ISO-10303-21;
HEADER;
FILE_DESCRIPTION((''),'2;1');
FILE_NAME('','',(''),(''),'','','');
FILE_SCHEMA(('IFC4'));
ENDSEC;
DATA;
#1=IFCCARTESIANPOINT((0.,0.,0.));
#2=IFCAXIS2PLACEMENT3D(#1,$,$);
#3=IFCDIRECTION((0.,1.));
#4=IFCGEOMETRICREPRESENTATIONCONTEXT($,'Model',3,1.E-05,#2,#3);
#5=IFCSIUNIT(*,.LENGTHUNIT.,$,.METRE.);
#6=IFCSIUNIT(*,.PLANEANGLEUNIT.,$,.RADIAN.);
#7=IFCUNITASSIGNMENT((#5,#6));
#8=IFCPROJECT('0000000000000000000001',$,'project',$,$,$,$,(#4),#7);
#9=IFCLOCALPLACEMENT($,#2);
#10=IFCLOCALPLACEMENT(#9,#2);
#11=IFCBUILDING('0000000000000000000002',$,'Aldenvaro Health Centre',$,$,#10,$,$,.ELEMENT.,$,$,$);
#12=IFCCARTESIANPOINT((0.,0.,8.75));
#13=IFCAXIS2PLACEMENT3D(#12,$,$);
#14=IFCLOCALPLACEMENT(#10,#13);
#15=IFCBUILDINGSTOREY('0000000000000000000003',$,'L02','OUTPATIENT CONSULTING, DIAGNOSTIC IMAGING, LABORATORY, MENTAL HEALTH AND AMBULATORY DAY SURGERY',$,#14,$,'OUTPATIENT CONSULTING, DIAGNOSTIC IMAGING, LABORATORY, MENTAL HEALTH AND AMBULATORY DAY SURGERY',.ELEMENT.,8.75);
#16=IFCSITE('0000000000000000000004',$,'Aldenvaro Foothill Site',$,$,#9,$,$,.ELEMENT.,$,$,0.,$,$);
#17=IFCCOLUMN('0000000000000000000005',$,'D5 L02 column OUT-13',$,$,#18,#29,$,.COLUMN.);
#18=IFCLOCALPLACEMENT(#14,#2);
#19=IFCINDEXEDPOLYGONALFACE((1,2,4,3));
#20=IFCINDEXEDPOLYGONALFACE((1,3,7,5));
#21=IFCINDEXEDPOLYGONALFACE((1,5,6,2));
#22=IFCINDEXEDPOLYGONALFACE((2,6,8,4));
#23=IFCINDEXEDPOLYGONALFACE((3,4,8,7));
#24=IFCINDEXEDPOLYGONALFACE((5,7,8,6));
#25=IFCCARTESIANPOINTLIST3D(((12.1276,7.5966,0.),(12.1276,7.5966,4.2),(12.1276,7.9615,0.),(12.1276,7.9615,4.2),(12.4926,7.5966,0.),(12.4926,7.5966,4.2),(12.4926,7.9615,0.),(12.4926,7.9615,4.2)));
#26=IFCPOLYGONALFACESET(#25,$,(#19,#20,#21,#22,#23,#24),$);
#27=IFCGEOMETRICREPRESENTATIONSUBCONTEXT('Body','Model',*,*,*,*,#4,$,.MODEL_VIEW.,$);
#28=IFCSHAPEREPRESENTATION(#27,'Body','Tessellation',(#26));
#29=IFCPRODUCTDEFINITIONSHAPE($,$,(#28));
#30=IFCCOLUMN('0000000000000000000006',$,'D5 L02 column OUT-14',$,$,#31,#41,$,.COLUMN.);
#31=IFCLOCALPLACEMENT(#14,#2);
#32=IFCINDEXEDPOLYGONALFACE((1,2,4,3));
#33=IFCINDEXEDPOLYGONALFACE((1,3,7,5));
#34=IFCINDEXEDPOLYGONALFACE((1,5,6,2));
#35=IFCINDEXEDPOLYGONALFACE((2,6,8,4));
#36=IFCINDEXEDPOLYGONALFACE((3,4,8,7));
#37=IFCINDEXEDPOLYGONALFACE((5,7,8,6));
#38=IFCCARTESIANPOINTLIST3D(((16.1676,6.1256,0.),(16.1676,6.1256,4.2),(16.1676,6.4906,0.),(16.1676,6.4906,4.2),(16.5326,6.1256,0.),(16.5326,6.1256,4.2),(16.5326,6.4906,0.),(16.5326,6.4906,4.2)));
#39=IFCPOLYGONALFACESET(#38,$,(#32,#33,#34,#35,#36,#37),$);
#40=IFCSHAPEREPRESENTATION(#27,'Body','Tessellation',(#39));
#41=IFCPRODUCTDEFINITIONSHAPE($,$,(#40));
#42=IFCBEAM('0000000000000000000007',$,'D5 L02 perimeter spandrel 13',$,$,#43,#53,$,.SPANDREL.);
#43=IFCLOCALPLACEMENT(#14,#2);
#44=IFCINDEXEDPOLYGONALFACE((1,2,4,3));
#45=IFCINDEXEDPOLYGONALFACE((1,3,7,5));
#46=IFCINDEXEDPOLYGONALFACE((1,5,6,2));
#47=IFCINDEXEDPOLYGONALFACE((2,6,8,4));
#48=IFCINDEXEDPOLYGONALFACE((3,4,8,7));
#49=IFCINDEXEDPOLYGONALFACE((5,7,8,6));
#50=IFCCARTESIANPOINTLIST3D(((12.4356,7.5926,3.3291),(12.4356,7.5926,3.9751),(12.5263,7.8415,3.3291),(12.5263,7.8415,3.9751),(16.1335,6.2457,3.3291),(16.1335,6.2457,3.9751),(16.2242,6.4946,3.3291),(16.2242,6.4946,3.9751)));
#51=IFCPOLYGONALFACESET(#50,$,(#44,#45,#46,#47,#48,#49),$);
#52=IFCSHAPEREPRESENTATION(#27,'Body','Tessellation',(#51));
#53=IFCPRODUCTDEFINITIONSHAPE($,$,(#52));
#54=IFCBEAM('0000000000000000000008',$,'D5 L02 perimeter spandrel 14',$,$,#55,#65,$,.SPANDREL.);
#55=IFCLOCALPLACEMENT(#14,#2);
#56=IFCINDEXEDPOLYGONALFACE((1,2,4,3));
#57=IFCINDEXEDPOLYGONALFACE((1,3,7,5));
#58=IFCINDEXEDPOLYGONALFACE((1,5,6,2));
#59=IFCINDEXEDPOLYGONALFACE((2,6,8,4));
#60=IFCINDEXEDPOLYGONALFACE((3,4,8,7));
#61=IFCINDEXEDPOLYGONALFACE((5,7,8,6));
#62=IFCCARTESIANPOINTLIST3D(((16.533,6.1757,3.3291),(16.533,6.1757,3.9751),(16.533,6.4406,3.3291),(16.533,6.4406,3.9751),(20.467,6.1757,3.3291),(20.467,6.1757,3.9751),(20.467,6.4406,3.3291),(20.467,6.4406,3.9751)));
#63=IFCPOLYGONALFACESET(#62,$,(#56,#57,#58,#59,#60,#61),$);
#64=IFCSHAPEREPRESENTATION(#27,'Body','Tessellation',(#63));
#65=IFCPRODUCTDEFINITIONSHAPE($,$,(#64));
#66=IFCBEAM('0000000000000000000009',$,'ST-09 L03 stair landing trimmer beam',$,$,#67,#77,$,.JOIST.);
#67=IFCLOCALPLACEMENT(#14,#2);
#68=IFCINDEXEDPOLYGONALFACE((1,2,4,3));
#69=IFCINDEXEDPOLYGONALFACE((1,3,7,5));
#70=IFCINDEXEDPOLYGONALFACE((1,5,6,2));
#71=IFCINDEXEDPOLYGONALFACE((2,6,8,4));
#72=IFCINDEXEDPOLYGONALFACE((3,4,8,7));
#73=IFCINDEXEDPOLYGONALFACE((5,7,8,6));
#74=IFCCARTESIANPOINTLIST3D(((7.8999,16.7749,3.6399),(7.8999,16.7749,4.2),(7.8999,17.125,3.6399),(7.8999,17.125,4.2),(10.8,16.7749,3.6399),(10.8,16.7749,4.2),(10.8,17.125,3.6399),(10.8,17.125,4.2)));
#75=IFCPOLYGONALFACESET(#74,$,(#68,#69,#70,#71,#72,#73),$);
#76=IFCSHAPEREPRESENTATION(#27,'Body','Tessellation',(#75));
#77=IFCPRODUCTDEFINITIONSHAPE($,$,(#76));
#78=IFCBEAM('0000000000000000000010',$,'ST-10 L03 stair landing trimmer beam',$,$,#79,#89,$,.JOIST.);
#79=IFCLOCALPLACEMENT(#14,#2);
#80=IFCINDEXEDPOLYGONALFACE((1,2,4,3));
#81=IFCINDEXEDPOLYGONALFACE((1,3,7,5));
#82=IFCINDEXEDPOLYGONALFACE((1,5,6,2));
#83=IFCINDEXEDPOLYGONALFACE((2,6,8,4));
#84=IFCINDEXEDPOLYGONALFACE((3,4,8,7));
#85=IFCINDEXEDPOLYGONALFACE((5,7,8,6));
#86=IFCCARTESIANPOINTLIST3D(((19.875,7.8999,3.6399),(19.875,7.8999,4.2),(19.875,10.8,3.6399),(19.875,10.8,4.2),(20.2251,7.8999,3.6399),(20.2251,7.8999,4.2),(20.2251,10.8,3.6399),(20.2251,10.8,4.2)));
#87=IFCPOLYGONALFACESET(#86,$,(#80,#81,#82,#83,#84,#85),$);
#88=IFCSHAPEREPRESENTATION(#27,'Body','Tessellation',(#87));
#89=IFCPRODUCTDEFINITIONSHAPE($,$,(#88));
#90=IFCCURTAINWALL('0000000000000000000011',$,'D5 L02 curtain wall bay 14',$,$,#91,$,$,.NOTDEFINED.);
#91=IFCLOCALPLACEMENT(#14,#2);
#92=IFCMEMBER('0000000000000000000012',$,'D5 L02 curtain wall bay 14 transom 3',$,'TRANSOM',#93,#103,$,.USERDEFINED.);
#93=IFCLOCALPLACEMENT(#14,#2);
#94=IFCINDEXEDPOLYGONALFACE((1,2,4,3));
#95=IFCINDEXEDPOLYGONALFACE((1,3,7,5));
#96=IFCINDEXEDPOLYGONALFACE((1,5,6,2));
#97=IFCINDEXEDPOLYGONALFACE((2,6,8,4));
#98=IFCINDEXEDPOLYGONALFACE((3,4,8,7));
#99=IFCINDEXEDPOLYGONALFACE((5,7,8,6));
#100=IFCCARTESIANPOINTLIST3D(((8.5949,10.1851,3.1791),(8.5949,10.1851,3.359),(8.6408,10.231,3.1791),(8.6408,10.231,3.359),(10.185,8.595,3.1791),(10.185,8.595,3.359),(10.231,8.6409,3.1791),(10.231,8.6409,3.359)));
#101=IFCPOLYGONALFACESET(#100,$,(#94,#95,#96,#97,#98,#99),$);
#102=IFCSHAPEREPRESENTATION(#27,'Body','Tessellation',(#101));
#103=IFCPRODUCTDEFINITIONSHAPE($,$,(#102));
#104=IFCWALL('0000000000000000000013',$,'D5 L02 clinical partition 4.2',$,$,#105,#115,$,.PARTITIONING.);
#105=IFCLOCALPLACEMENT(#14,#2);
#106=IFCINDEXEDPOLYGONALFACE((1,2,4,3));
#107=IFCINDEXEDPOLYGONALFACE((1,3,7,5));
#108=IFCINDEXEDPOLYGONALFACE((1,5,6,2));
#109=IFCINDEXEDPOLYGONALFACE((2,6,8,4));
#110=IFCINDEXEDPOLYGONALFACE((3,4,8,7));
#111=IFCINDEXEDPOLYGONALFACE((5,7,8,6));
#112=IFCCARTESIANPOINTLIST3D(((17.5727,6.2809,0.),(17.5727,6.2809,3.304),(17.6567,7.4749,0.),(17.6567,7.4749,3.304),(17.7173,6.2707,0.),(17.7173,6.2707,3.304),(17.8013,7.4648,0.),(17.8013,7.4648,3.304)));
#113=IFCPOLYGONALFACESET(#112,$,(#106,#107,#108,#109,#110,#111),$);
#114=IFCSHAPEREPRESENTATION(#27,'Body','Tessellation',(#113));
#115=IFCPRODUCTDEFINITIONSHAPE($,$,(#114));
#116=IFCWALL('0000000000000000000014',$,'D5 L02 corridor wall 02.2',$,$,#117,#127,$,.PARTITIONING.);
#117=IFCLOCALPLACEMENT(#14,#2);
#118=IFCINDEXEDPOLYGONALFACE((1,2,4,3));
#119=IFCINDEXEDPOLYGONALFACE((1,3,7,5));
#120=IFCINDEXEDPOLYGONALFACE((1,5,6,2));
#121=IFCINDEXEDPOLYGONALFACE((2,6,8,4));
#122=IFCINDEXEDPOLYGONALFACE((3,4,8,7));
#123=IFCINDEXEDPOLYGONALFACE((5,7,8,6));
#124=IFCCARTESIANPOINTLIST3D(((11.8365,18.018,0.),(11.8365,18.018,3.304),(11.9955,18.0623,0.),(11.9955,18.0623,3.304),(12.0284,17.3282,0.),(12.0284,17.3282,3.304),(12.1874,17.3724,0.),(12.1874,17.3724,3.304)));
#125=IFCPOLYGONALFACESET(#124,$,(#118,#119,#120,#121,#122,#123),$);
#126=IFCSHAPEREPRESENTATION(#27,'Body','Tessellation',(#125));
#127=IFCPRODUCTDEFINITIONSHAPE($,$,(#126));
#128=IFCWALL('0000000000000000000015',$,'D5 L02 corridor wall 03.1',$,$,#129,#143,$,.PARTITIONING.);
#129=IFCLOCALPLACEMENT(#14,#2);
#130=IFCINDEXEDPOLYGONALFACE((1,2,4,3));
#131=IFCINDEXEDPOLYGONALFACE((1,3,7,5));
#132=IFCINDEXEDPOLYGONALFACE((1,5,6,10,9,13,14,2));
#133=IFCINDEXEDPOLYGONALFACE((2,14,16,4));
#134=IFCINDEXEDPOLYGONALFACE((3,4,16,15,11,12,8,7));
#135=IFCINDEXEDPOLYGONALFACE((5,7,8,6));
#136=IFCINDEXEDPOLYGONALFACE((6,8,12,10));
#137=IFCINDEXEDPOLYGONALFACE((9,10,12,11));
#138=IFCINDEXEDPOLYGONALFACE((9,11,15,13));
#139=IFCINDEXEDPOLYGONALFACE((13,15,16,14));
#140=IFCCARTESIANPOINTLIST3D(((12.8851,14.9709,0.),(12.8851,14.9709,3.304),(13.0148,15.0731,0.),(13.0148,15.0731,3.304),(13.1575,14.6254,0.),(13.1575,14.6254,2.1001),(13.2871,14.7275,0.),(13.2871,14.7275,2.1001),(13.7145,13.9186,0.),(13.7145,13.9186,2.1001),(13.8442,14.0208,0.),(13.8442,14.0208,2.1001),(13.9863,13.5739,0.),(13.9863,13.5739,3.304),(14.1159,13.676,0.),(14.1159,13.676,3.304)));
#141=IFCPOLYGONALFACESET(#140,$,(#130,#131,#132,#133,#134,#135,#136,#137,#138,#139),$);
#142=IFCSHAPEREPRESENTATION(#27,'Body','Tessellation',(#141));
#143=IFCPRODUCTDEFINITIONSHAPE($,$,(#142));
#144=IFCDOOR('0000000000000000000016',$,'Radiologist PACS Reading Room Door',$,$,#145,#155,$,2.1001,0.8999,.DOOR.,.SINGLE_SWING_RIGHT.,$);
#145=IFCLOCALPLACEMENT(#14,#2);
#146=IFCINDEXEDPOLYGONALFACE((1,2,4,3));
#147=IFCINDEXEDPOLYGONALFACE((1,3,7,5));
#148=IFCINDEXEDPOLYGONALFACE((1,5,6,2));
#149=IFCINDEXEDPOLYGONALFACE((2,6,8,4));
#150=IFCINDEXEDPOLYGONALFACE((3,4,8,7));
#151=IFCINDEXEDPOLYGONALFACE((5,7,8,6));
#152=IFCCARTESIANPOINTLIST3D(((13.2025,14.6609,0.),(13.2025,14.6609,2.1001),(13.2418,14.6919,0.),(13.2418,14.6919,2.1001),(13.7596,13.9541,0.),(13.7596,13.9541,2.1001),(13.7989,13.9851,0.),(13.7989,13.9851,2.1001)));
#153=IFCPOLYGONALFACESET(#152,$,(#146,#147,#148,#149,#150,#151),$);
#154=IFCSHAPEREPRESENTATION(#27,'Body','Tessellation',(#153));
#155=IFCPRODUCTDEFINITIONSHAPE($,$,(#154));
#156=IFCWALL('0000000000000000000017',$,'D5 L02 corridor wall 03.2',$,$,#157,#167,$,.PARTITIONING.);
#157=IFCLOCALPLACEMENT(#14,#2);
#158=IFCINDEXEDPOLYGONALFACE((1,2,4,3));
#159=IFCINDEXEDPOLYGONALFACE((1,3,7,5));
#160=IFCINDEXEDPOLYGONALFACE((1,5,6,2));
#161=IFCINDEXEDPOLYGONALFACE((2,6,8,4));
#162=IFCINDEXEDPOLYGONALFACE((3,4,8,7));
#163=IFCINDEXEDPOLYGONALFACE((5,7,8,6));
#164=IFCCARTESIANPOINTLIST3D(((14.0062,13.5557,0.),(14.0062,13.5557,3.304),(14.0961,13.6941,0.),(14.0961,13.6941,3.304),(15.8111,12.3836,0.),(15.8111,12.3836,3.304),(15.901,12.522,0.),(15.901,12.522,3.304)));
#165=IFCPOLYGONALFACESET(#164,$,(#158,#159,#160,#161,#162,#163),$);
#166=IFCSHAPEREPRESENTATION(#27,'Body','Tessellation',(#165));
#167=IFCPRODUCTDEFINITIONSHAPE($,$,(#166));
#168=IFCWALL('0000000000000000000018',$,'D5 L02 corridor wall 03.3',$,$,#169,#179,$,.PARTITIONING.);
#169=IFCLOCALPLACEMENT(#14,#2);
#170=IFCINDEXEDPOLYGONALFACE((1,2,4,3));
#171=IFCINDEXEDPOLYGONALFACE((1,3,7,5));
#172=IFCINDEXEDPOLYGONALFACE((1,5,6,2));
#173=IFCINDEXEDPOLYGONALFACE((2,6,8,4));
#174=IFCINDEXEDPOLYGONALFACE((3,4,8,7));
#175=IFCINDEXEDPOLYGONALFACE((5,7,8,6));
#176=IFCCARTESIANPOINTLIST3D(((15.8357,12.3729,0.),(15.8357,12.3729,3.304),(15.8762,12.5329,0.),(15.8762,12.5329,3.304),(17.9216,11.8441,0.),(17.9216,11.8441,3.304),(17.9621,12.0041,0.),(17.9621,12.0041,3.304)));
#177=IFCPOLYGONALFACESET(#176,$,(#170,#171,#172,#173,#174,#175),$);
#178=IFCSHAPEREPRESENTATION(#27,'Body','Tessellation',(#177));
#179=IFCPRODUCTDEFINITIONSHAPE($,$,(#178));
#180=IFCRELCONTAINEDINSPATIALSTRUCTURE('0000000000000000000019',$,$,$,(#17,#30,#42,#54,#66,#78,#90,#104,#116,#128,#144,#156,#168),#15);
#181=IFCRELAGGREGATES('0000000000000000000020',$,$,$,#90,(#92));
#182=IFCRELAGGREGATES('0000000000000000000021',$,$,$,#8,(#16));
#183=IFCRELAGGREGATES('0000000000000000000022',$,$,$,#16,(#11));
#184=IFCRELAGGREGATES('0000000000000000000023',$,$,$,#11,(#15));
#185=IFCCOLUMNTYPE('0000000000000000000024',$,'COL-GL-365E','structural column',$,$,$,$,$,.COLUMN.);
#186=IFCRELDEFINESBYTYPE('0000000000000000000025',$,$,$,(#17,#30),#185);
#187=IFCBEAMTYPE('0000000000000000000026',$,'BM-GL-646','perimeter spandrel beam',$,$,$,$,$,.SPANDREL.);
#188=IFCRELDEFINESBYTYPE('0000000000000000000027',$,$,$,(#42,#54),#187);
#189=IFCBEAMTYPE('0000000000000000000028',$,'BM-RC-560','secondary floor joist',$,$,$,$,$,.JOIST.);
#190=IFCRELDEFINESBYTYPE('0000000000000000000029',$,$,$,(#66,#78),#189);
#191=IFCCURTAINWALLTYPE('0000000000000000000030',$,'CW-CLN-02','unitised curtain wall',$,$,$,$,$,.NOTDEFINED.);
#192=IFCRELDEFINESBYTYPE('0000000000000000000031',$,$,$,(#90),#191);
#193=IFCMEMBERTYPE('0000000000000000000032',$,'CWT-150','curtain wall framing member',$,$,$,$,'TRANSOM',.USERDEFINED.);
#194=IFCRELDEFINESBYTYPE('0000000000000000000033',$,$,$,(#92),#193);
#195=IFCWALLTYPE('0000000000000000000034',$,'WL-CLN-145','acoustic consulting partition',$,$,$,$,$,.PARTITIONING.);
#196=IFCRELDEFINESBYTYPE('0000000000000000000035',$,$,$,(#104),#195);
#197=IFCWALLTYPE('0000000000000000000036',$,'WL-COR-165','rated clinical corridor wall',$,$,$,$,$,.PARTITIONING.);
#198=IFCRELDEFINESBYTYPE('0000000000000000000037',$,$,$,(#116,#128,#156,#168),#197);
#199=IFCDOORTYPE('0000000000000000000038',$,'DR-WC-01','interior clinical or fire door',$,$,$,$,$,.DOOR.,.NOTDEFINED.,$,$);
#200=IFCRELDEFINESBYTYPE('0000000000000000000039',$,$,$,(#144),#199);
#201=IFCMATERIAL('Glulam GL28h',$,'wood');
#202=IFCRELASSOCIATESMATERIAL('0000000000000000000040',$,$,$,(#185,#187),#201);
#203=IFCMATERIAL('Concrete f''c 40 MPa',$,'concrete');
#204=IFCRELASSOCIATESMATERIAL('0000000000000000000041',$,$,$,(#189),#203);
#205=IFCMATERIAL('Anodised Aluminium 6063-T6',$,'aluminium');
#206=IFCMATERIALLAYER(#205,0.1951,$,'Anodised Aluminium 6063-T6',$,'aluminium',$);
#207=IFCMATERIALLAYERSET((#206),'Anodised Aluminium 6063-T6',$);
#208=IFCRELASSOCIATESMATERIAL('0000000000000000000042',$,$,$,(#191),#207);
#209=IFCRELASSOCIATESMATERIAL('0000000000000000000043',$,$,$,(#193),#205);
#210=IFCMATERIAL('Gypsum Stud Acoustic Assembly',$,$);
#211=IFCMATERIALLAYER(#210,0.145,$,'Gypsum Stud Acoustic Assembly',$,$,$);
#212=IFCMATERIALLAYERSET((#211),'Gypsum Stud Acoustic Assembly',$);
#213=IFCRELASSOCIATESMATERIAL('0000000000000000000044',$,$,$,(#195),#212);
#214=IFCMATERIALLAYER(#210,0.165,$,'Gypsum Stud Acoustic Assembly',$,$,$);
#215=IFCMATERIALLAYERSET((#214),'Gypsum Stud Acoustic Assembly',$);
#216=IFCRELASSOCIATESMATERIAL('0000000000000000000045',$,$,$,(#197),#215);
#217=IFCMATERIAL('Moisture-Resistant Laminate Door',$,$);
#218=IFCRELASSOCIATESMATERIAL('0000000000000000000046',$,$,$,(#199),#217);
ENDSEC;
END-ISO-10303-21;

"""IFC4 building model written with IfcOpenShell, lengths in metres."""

from ifc_helpers import new_model, si_unit, direction, frame, frame_2d, origin, origin_2d, place, context, subcontext, project, spatial, rectangle, extrude, material, layer, layer_set, material_profile, profile_set, type_object, element, fill, aggregate, save


model = new_model("IFC4")

# Units and contexts
model_context = context("Model", 3, precision=1e-05, world=origin(), true_north=direction((0.0, 1.0)))
body_context = subcontext(model_context, "Body", "Model", "MODEL_VIEW")
ifc_project = project(units=[si_unit("LENGTHUNIT", "METRE"), si_unit("PLANEANGLEUNIT", "RADIAN")], contexts=[model_context])

# Site, building, storey
site_placement = place(None, origin())
site = spatial("IfcSite", under=ifc_project, at=site_placement, Name="Aldenvaro Foothill Site", CompositionType="ELEMENT", RefElevation=0.0)
building_placement = place(site_placement, origin())
building = spatial("IfcBuilding", under=site, at=building_placement, Name="Aldenvaro Health Centre", CompositionType="ELEMENT")
storey_placement = place(building_placement, frame((0.0, 0.0, 8.75)))
storey = spatial("IfcBuildingStorey", under=building, at=storey_placement, Name="L02", Description="OUTPATIENT CONSULTING, DIAGNOSTIC IMAGING, LABORATORY, MENTAL HEALTH AND AMBULATORY DAY SURGERY", LongName="OUTPATIENT CONSULTING, DIAGNOSTIC IMAGING, LABORATORY, MENTAL HEALTH AND AMBULATORY DAY SURGERY", CompositionType="ELEMENT", Elevation=8.75)

# Columns
ifc_material_1 = material(Name="Glulam GL28h", Category="wood")
ifc_material_profile_1 = material_profile(ifc_material_1, rectangle(XDim=0.365, YDim=0.365, at=origin_2d()), Name="GL 365x365", Category="wood")
ifc_profile_set_1 = profile_set([ifc_material_profile_1], Name="Glulam GL28h")
column_type = type_object("IfcColumnType", Name="COL-GL-365E", Description="structural column", PredefinedType="COLUMN", material=ifc_profile_set_1)
for number, where, z_axis, x_axis, name in (
    (1, (12.3101, 7.7791, 0.0), (0.0, 0.0, 1.0), (1.0, 0.0, 0.0), "D5 L02 column OUT-13"),
    (2, (16.3501, 6.3081, 0.0), (0.0, 0.0, 1.0), (1.0, 0.0, 0.0), "D5 L02 column OUT-14"),
):
    element("IfcColumn", number, at=place(storey_placement, frame(where, z_axis=z_axis, x_axis=x_axis)), inside=storey, type_object=column_type, Name=name, PredefinedType="COLUMN", context=body_context, shape_type="SweptSolid", body=[
        extrude(rectangle(XDim=0.365, YDim=0.365, at=origin_2d()), origin(), (0.0, 0.0, 1.0), 4.2),
    ])

# Beams
ifc_material_profile_2 = material_profile(ifc_material_1, rectangle(XDim=0.2649, YDim=0.646, at=origin_2d()), Name="GL 265x646", Category="wood")
ifc_profile_set_2 = profile_set([ifc_material_profile_2], Name="Glulam GL28h")
beam_type_1 = type_object("IfcBeamType", Name="BM-GL-646", Description="perimeter spandrel beam", PredefinedType="SPANDREL", material=ifc_profile_set_2)
beam_1_placement = place(storey_placement, frame((12.481, 7.717, 3.6521), z_axis=(0.939614, -0.342236, 0.0), x_axis=(0.342236, 0.939614, 0.0)))
element("IfcBeam", 3, at=beam_1_placement, inside=storey, type_object=beam_type_1, Name="D5 L02 perimeter spandrel 13", PredefinedType="SPANDREL", context=body_context, shape_type="SweptSolid", body=[
    extrude(rectangle(XDim=0.2649, YDim=0.646, at=origin_2d()), origin(), (0.0, 0.0, 1.0), 3.9355),
])
beam_2_placement = place(storey_placement, frame((16.533, 6.3081, 3.6521), z_axis=(1.0, 0.0, 0.0), x_axis=(0.0, 1.0, 0.0)))
element("IfcBeam", 4, at=beam_2_placement, inside=storey, type_object=beam_type_1, Name="D5 L02 perimeter spandrel 14", PredefinedType="SPANDREL", context=body_context, shape_type="SweptSolid", body=[
    extrude(rectangle(XDim=0.2649, YDim=0.646, at=origin_2d()), origin(), (0.0, 0.0, 1.0), 3.9341),
])
ifc_material_2 = material(Name="Concrete f'c 40 MPa", Category="concrete")
ifc_material_profile_3 = material_profile(ifc_material_2, rectangle(XDim=0.3501, YDim=0.5601, at=origin_2d()), Name="RC 350x560", Category="concrete")
ifc_profile_set_3 = profile_set([ifc_material_profile_3], Name="Concrete f'c 40 MPa")
beam_type_2 = type_object("IfcBeamType", Name="BM-RC-560", Description="secondary floor joist", PredefinedType="JOIST", material=ifc_profile_set_3)
for number, where, z_axis, x_axis, name in (
    (5, (10.8, 16.95, 3.9199), (-1.0, 0.0, 0.0), (0.0, -1.0, 0.0), "ST-09 L03 stair landing trimmer beam"),
    (6, (20.05, 10.8, 3.9199), (0.0, -1.0, 0.0), (1.0, 0.0, 0.0), "ST-10 L03 stair landing trimmer beam"),
):
    element("IfcBeam", number, at=place(storey_placement, frame(where, z_axis=z_axis, x_axis=x_axis)), inside=storey, type_object=beam_type_2, Name=name, PredefinedType="JOIST", context=body_context, shape_type="SweptSolid", body=[
        extrude(rectangle(XDim=0.3501, YDim=0.5601, at=origin_2d()), origin(), (0.0, 0.0, 1.0), 2.9001),
    ])

# Curtain wall, member
ifc_material_3 = material(Name="Anodised Aluminium 6063-T6", Category="aluminium")
ifc_layer_1 = layer(ifc_material_3, 0.1951, Name="Anodised Aluminium 6063-T6", Category="aluminium")
ifc_layer_set_1 = layer_set([ifc_layer_1], Name="Anodised Aluminium 6063-T6")
curtain_wall_type = type_object("IfcCurtainWallType", Name="CW-CLN-02", Description="unitised curtain wall", PredefinedType="NOTDEFINED", material=ifc_layer_set_1)
curtain_wall_placement = place(storey_placement, origin())
curtain_wall = element("IfcCurtainWall", 7, at=curtain_wall_placement, inside=storey, type_object=curtain_wall_type, Name="D5 L02 curtain wall bay 14", PredefinedType="NOTDEFINED")
ifc_material_profile_4 = material_profile(ifc_material_3, rectangle(XDim=0.0649, YDim=0.1799, at=origin_2d()), Name="ALU 65x180", Category="aluminium")
ifc_profile_set_4 = profile_set([ifc_material_profile_4], Name="Anodised Aluminium 6063-T6")
member_type = type_object("IfcMemberType", Name="CWT-150", Description="curtain wall framing member", ElementType="TRANSOM", PredefinedType="USERDEFINED", material=ifc_profile_set_4)
member_placement = place(storey_placement, frame((10.208, 8.6179, 3.269), z_axis=(-0.707107, 0.707107, 0.0), x_axis=(-0.707107, -0.707107, 0.0)))
member = element("IfcMember", 8, at=member_placement, type_object=member_type, Name="D5 L02 curtain wall bay 14 transom 3", ObjectType="TRANSOM", PredefinedType="USERDEFINED", context=body_context, shape_type="SweptSolid", body=[
    extrude(rectangle(XDim=0.0649, YDim=0.1799, at=origin_2d()), origin(), (0.0, 0.0, 1.0), 2.2488),
])
aggregate(curtain_wall, [member])

# Walls
ifc_material_4 = material(Name="Gypsum Stud Acoustic Assembly")
ifc_layer_2 = layer(ifc_material_4, 0.145, Name="Gypsum Stud Acoustic Assembly")
ifc_layer_set_2 = layer_set([ifc_layer_2], Name="Gypsum Stud Acoustic Assembly")
wall_type_1 = type_object("IfcWallType", Name="WL-CLN-145", Description="acoustic consulting partition", PredefinedType="PARTITIONING", material=ifc_layer_set_2)
wall_1_placement = place(storey_placement, frame((17.729, 7.47, 0.0), z_axis=(0.0, 0.0, 1.0), x_axis=(-0.07016, -0.997536, 0.0)))
element("IfcWall", 9, at=wall_1_placement, inside=storey, type_object=wall_type_1, Name="D5 L02 clinical partition 4.2", PredefinedType="PARTITIONING", context=body_context, shape_type="SweptSolid", body=[
    extrude(rectangle(XDim=1.197, YDim=0.145, at=frame_2d((0.5986, 0.0))), origin(), (0.0, 0.0, 1.0), 3.304),
])
ifc_layer_3 = layer(ifc_material_4, 0.165, Name="Gypsum Stud Acoustic Assembly")
ifc_layer_set_3 = layer_set([ifc_layer_3], Name="Gypsum Stud Acoustic Assembly")
wall_type_2 = type_object("IfcWallType", Name="WL-COR-165", Description="rated clinical corridor wall", PredefinedType="PARTITIONING", material=ifc_layer_set_3)
wall_2_placement = place(storey_placement, frame((11.916, 18.04, 0.0), z_axis=(0.0, 0.0, 1.0), x_axis=(0.26796, -0.96343, 0.0)))
element("IfcWall", 10, at=wall_2_placement, inside=storey, type_object=wall_type_2, Name="D5 L02 corridor wall 02.2", PredefinedType="PARTITIONING", context=body_context, shape_type="SweptSolid", body=[
    extrude(rectangle(XDim=0.7161, YDim=0.165, at=frame_2d((0.3579, 0.0))), origin(), (0.0, 0.0, 1.0), 3.304),
])

# Wall, opening, door
wall_3_placement = place(storey_placement, frame((12.95, 15.022, 0.0), z_axis=(0.0, 0.0, 1.0), x_axis=(0.619021, -0.785374, 0.0)))
wall_3 = element("IfcWall", 11, at=wall_3_placement, inside=storey, type_object=wall_type_2, Name="D5 L02 corridor wall 03.1", PredefinedType="PARTITIONING", context=body_context, shape_type="SweptSolid", body=[
    extrude(rectangle(XDim=1.7788, YDim=0.165, at=frame_2d((0.8894, 0.0))), origin(), (0.0, 0.0, 1.0), 3.304),
])
opening_1_placement = place(wall_3_placement, frame((0.4399, 0.0, 0.0)))
opening_1 = element("IfcOpeningElement", 12, at=opening_1_placement, cuts=wall_3, PredefinedType="OPENING", context=body_context, shape_type="SweptSolid", body=[
    extrude(rectangle(XDim=0.8999, YDim=2.1001, at=frame_2d((0.45, 1.05))), frame((0.0, 0.0925, 0.0), z_axis=(0.0, -1.0, 0.0), x_axis=(1.0, 0.0, 0.0)), (0.0, 0.0, 1.0), 0.1851),
])
ifc_material_5 = material(Name="Moisture-Resistant Laminate Door")
door_type_1 = type_object("IfcDoorType", Name="DR-WC-01", Description="interior clinical or fire door", OperationType="NOTDEFINED", PredefinedType="DOOR", material=ifc_material_5)
door_1_placement = place(opening_1_placement, origin())
door_1 = element("IfcDoor", 13, at=door_1_placement, inside=storey, type_object=door_type_1, Name="Radiologist PACS Reading Room Door", OperationType="SINGLE_SWING_RIGHT", OverallHeight=2.1001, OverallWidth=0.8999, PredefinedType="DOOR", context=body_context, shape_type="SweptSolid", body=[
    extrude(rectangle(XDim=0.8999, YDim=2.1001, at=frame_2d((0.45, 1.05))), frame((0.0, 0.0249, 0.0), z_axis=(0.0, -1.0, 0.0), x_axis=(1.0, 0.0, 0.0)), (0.0, 0.0, 1.0), 0.05),
])
fill(opening_1, door_1)

# Walls
wall_4_placement = place(storey_placement, frame((14.051, 13.625, 0.0), z_axis=(0.0, 0.0, 1.0), x_axis=(0.838674, -0.544633, 0.0)))
element("IfcWall", 14, at=wall_4_placement, inside=storey, type_object=wall_type_2, Name="D5 L02 corridor wall 03.2", PredefinedType="PARTITIONING", context=body_context, shape_type="SweptSolid", body=[
    extrude(rectangle(XDim=2.1521, YDim=0.165, at=frame_2d((1.0762, 0.0))), origin(), (0.0, 0.0, 1.0), 3.304),
])
wall_5_placement = place(storey_placement, frame((15.856, 12.4529, 0.0), z_axis=(0.0, 0.0, 1.0), x_axis=(0.969336, -0.245738, 0.0)))
element("IfcWall", 15, at=wall_5_placement, inside=storey, type_object=wall_type_2, Name="D5 L02 corridor wall 03.3", PredefinedType="PARTITIONING", context=body_context, shape_type="SweptSolid", body=[
    extrude(rectangle(XDim=2.1519, YDim=0.165, at=frame_2d((1.0759, 0.0))), origin(), (0.0, 0.0, 1.0), 3.304),
])

save(model, "model.ifc")
